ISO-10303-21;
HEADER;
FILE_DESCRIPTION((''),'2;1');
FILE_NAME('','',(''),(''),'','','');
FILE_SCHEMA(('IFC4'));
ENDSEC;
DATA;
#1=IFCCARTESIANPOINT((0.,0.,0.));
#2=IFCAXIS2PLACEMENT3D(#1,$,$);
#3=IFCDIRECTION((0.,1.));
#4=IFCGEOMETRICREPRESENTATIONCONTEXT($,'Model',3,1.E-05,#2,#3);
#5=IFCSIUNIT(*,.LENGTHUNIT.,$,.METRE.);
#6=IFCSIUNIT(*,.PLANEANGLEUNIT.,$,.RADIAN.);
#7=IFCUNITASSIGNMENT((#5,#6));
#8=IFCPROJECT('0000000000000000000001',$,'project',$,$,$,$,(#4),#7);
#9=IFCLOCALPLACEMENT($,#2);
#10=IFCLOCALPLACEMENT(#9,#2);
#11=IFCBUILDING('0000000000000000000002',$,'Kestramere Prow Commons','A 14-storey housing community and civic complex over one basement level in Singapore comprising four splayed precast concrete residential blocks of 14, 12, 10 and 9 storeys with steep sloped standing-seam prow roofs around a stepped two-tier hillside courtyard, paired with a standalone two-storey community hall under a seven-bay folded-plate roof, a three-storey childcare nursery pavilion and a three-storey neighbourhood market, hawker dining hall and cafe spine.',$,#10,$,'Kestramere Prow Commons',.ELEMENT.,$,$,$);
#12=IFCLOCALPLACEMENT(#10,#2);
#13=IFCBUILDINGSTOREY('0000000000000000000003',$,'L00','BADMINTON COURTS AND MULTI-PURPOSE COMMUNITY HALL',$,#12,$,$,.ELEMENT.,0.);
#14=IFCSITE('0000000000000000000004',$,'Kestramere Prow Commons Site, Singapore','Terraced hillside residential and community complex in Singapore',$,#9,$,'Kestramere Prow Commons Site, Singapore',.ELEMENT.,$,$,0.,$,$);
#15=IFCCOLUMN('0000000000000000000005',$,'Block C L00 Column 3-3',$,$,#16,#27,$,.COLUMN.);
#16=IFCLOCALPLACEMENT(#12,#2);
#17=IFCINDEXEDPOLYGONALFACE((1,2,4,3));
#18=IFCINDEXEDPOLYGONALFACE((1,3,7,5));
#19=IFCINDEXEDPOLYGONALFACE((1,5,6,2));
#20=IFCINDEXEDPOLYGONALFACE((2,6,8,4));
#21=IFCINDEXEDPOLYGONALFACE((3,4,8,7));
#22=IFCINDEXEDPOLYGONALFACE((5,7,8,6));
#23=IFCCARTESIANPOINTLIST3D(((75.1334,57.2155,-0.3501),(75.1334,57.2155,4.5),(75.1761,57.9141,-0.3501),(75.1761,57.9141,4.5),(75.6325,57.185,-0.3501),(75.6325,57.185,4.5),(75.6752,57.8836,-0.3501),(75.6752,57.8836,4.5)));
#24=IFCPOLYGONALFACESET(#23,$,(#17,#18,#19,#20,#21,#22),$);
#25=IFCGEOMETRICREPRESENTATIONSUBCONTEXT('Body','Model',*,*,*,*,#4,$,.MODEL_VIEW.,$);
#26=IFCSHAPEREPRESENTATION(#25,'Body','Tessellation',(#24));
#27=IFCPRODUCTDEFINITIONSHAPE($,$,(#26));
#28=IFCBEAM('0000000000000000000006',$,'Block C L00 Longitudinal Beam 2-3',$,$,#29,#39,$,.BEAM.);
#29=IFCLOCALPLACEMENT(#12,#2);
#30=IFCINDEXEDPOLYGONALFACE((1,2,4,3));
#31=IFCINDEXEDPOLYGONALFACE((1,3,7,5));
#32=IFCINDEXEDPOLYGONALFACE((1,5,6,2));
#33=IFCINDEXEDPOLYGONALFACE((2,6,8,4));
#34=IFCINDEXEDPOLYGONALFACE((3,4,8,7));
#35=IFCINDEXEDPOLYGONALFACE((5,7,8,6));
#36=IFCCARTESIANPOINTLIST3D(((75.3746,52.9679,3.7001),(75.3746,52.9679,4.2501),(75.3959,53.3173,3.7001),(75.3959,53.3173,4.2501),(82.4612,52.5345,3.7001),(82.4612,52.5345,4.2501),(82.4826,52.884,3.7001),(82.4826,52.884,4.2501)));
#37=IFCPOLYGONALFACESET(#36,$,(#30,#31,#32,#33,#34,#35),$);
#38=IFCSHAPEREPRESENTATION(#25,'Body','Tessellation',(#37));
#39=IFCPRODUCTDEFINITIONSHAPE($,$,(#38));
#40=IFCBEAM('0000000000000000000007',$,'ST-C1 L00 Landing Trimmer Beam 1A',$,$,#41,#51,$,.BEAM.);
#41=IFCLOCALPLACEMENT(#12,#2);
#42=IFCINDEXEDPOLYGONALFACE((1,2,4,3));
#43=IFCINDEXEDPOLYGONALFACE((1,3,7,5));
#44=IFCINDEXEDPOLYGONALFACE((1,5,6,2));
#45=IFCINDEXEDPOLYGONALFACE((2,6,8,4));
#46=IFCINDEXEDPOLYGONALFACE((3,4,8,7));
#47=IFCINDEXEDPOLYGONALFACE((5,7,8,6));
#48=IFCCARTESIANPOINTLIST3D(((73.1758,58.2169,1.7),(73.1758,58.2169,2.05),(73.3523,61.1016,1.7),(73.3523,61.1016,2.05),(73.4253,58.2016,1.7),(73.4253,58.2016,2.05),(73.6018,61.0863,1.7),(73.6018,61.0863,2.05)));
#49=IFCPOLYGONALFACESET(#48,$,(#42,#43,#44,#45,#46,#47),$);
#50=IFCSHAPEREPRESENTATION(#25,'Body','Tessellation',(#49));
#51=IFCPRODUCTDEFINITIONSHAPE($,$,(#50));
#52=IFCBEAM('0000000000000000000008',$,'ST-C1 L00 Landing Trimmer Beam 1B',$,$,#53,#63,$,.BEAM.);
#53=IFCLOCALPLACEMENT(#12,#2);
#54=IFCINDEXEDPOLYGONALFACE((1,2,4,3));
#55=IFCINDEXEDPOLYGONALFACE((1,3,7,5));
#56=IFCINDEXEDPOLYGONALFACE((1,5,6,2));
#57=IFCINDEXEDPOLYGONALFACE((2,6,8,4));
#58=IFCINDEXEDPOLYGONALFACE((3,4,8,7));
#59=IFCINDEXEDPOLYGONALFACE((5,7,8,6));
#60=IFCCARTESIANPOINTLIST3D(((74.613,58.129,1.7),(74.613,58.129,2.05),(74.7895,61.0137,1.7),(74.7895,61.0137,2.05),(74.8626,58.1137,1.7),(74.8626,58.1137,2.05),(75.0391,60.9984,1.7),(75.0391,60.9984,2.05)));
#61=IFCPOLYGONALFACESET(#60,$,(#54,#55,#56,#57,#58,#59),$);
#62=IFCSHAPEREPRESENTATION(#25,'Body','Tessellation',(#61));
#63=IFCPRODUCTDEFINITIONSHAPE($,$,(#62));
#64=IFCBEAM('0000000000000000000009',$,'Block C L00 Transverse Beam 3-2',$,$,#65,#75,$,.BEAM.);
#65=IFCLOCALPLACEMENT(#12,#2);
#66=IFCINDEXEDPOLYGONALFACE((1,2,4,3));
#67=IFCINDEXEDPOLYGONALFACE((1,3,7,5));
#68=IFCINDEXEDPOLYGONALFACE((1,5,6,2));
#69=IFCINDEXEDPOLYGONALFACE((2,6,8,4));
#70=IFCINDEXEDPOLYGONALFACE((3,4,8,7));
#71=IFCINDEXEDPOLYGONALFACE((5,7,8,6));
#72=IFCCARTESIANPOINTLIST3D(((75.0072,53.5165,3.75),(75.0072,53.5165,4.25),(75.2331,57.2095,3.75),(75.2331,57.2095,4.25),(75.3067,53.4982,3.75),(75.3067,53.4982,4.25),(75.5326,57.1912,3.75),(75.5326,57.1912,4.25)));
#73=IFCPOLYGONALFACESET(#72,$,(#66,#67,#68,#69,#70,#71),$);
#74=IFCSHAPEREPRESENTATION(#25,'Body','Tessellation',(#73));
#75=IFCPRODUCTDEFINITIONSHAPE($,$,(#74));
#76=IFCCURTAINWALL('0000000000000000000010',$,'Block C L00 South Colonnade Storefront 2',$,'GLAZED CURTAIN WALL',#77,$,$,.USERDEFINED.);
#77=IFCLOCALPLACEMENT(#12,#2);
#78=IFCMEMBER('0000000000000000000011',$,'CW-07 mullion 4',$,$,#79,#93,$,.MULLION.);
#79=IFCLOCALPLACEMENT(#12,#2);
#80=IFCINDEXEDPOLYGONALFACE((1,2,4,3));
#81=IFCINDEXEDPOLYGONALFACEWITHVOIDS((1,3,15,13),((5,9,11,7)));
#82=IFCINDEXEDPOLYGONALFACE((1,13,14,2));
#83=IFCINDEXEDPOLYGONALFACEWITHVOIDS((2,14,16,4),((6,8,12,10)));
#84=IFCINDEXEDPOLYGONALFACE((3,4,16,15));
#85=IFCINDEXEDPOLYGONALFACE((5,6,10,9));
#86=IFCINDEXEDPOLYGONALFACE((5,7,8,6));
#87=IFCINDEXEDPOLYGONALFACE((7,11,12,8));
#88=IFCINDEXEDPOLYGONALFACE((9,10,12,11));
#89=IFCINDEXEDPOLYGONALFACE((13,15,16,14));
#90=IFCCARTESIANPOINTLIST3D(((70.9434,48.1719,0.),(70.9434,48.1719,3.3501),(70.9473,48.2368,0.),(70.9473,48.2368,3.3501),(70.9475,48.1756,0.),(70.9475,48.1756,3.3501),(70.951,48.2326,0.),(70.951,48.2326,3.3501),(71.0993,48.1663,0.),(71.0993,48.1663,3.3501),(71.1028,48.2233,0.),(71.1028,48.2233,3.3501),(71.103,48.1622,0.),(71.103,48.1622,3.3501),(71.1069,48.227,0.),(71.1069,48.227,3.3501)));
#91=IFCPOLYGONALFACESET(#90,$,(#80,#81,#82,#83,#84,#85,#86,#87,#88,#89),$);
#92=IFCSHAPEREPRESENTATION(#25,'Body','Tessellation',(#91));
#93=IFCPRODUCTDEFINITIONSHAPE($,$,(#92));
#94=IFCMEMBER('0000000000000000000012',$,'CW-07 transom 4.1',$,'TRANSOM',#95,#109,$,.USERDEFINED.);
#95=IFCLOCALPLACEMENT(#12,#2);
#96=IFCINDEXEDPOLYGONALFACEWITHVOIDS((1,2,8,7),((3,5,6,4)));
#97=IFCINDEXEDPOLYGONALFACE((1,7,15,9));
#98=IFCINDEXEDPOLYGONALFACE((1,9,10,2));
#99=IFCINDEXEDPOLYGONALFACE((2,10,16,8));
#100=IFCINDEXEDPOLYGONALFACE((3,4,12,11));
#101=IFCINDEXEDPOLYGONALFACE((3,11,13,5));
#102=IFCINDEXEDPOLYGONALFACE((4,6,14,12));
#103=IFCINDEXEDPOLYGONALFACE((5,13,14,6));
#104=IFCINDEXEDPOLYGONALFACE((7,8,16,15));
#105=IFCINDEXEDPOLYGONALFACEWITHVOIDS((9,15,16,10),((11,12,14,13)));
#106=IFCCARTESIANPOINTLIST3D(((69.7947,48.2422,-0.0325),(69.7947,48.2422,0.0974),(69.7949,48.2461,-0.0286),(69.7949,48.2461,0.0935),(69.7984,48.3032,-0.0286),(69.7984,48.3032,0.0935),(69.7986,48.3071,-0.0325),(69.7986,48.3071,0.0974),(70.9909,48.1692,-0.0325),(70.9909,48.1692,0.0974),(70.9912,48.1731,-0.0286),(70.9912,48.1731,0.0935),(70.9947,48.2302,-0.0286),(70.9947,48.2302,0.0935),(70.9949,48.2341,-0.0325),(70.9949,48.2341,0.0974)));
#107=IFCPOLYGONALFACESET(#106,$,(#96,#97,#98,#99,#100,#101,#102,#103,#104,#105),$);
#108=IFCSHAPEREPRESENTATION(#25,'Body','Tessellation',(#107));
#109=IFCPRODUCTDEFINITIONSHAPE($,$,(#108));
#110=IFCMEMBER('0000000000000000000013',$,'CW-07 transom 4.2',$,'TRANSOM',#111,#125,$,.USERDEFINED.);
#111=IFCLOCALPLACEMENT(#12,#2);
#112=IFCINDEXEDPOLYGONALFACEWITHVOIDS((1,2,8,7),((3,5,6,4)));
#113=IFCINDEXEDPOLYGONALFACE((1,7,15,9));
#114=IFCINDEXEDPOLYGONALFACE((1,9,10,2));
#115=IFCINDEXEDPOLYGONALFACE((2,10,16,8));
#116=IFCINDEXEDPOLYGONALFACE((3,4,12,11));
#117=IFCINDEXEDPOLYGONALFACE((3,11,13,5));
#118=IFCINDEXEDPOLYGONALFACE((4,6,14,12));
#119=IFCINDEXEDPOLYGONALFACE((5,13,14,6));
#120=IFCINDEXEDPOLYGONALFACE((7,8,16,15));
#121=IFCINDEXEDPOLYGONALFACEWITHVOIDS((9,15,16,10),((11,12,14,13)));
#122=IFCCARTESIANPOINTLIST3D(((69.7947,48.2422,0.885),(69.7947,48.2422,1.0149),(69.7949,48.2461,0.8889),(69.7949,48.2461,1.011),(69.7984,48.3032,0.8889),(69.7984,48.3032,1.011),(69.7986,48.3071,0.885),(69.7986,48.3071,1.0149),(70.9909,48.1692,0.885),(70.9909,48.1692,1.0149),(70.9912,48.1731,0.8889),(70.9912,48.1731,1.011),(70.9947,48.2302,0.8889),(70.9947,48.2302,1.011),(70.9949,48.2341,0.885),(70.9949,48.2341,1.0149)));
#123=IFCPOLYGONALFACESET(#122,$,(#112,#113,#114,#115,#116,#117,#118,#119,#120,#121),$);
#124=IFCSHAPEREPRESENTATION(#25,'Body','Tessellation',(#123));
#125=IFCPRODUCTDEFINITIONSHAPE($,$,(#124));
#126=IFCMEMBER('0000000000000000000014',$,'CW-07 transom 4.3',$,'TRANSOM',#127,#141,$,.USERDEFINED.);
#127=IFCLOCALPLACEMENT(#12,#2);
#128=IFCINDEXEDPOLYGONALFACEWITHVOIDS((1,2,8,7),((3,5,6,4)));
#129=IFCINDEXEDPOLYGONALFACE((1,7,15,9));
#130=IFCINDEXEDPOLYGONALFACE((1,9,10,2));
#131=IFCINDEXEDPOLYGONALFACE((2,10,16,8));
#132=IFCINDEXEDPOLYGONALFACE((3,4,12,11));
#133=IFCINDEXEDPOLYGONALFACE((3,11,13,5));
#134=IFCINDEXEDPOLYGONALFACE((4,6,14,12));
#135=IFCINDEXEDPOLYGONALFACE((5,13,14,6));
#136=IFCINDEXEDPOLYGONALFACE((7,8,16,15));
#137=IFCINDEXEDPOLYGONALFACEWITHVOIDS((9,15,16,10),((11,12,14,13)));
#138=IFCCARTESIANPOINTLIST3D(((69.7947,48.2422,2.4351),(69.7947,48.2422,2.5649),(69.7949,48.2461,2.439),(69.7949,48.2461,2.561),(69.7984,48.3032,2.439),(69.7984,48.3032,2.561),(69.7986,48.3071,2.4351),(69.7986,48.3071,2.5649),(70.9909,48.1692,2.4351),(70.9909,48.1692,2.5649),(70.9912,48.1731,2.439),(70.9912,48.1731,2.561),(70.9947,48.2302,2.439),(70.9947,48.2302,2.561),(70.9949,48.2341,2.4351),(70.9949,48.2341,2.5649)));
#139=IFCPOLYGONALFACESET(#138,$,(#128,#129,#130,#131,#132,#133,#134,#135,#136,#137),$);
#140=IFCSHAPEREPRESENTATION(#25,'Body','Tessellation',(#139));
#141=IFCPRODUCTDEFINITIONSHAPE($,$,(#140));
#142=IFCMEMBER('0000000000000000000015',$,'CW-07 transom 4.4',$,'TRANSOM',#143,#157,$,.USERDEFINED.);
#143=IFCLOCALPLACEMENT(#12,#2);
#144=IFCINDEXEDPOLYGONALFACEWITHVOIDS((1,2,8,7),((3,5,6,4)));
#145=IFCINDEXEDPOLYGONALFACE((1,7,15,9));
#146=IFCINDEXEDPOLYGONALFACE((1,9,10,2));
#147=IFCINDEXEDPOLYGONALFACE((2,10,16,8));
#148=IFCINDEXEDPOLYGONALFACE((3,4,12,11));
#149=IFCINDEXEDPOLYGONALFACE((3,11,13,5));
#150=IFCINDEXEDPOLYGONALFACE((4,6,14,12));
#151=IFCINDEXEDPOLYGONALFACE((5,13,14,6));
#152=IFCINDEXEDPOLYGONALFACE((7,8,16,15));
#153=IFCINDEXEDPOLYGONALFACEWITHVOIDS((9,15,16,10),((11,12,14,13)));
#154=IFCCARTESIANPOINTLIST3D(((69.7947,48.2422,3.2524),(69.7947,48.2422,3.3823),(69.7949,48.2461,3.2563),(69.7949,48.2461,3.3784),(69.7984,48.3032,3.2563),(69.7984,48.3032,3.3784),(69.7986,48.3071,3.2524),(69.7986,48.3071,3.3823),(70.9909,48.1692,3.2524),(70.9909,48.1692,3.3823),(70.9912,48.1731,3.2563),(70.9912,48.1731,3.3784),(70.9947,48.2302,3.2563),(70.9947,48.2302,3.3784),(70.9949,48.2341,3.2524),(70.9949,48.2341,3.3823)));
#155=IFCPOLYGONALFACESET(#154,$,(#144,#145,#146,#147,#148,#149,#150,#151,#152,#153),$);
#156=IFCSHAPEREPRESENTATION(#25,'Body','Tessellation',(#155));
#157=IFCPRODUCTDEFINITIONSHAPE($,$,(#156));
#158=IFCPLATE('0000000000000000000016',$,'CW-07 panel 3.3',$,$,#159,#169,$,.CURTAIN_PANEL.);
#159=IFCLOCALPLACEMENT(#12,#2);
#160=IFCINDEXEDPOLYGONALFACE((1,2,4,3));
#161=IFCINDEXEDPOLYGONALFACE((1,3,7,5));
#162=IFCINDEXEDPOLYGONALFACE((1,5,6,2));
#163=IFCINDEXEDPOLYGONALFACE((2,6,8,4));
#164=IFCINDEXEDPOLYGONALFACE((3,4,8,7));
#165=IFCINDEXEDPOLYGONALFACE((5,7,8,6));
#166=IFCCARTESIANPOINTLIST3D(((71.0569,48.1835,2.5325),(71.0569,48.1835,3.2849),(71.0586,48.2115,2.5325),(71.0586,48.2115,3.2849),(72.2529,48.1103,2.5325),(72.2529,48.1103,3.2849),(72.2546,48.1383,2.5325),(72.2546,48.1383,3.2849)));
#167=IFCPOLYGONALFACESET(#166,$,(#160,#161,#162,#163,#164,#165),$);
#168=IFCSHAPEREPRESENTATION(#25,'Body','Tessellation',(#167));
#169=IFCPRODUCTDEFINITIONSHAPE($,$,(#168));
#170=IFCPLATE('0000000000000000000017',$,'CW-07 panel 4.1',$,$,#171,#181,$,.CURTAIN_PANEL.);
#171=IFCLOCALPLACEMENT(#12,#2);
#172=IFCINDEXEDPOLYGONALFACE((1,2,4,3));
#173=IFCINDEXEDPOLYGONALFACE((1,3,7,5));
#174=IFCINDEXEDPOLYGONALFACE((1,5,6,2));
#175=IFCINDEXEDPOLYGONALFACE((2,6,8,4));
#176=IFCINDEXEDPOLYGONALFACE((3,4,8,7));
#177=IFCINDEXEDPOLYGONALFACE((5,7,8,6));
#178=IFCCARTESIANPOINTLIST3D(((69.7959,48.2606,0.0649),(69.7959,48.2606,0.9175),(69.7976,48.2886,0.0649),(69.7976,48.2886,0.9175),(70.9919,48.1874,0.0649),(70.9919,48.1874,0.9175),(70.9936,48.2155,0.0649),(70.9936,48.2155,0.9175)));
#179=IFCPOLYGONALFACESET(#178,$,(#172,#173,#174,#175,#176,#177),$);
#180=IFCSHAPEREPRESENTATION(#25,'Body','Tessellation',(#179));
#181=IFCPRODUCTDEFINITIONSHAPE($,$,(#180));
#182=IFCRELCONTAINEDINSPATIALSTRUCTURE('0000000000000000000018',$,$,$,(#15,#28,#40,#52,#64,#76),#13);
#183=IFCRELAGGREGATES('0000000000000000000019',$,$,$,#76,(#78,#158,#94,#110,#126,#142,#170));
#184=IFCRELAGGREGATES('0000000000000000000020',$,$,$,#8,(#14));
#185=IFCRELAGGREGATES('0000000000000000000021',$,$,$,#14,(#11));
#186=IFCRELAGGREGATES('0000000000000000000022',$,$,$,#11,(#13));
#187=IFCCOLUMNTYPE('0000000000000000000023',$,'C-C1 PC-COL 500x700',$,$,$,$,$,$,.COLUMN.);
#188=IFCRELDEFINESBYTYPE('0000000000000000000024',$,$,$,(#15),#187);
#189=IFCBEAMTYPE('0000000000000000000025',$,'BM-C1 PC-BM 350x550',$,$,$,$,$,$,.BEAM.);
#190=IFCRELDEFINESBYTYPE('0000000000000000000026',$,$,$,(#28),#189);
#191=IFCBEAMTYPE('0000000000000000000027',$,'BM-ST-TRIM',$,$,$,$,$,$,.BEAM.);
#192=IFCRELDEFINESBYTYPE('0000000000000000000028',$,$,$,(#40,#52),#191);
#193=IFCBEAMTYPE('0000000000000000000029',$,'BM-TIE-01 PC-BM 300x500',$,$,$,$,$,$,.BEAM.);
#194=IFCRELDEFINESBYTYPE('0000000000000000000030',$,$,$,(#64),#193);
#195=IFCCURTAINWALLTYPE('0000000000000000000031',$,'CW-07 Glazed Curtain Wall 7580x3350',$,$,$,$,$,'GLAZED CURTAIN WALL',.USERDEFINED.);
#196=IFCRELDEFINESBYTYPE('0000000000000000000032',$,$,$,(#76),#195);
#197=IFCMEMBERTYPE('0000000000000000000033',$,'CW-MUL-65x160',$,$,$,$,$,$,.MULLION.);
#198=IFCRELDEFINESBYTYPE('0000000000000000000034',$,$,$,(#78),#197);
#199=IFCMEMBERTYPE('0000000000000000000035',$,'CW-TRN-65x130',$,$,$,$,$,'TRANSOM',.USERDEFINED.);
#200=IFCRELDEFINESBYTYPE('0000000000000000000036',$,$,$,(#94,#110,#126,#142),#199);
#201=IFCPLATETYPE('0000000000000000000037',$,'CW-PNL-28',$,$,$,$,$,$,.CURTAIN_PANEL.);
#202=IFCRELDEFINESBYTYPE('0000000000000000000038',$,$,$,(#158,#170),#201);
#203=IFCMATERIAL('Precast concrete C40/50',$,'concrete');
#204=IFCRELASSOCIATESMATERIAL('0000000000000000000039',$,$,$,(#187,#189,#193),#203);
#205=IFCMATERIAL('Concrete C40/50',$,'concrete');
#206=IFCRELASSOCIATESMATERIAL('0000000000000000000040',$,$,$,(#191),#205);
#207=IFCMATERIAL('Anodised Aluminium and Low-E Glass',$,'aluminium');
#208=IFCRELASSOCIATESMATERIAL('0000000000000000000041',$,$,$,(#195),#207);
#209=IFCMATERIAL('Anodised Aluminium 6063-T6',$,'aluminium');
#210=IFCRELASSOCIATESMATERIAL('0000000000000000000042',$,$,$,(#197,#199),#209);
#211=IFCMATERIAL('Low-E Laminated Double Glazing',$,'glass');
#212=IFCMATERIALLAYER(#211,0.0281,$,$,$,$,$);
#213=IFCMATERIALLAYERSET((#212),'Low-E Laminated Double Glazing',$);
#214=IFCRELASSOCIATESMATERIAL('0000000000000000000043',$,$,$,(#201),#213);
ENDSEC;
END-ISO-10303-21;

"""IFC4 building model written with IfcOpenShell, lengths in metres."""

from ifc_helpers import new_model, si_unit, direction, frame, origin, origin_2d, place, context, subcontext, project, spatial, rectangle, hollow_rectangle, extrude, material, layer, layer_set, material_profile, profile_set, type_object, element, aggregate, save


model = new_model("IFC4")

# Units and contexts
model_context = context("Model", 3, precision=1e-05, world=origin(), true_north=direction((0.0, 1.0)))
body_context = subcontext(model_context, "Body", "Model", "MODEL_VIEW")
ifc_project = project(units=[si_unit("LENGTHUNIT", "METRE"), si_unit("PLANEANGLEUNIT", "RADIAN")], contexts=[model_context])

# Site, building, storey
site_placement = place(None, origin())
site = spatial("IfcSite", under=ifc_project, at=site_placement, Name="Kestramere Prow Commons Site, Singapore", Description="Terraced hillside residential and community complex in Singapore", LongName="Kestramere Prow Commons Site, Singapore", CompositionType="ELEMENT", RefElevation=0.0)
building_placement = place(site_placement, origin())
building = spatial("IfcBuilding", under=site, at=building_placement, Name="Kestramere Prow Commons", Description="A 14-storey housing community and civic complex over one basement level in Singapore comprising four splayed precast concrete residential blocks of 14, 12, 10 and 9 storeys with steep sloped standing-seam prow roofs around a stepped two-tier hillside courtyard, paired with a standalone two-storey community hall under a seven-bay folded-plate roof, a three-storey childcare nursery pavilion and a three-storey neighbourhood market, hawker dining hall and cafe spine.", LongName="Kestramere Prow Commons", CompositionType="ELEMENT")
storey_placement = place(building_placement, origin())
storey = spatial("IfcBuildingStorey", under=building, at=storey_placement, Name="L00", Description="BADMINTON COURTS AND MULTI-PURPOSE COMMUNITY HALL", CompositionType="ELEMENT", Elevation=0.0)

# Column
ifc_material_1 = material(Name="Precast concrete C40/50", Category="concrete")
ifc_material_profile_1 = material_profile(ifc_material_1, rectangle(XDim=0.5, YDim=0.7, at=origin_2d()), Name="PC-COL 500x700")
ifc_profile_set_1 = profile_set([ifc_material_profile_1], Name="Precast concrete C40/50")
column_type = type_object("IfcColumnType", Name="C-C1 PC-COL 500x700", PredefinedType="COLUMN", material=ifc_profile_set_1)
for number, where, z_axis, x_axis, name in (
    (1, (75.4043, 57.5496, -0.3501), (0.0, 0.0, 1.0), (0.998135, -0.061049, 0.0), "Block C L00 Column 3-3"),
):
    element("IfcColumn", number, at=place(storey_placement, frame(where, z_axis=z_axis, x_axis=x_axis)), inside=storey, type_object=column_type, Name=name, PredefinedType="COLUMN", context=body_context, shape_type="SweptSolid", body=[
        extrude(rectangle(XDim=0.5, YDim=0.7, at=origin_2d()), origin(), (0.0, 0.0, 1.0), 4.8501),
    ])

# Beams
ifc_material_profile_2 = material_profile(ifc_material_1, rectangle(XDim=0.3501, YDim=0.55, at=origin_2d()), Name="PC-BM 350x550")
ifc_profile_set_2 = profile_set([ifc_material_profile_2], Name="Precast concrete C40/50")
beam_type_1 = type_object("IfcBeamType", Name="BM-C1 PC-BM 350x550", PredefinedType="BEAM", material=ifc_profile_set_2)
beam_1_placement = place(storey_placement, frame((75.3853, 53.1426, 3.9751), z_axis=(0.998136, -0.061036, 0.0), x_axis=(0.061036, 0.998136, 0.0)))
element("IfcBeam", 2, at=beam_1_placement, inside=storey, type_object=beam_type_1, Name="Block C L00 Longitudinal Beam 2-3", PredefinedType="BEAM", context=body_context, shape_type="SweptSolid", body=[
    extrude(rectangle(XDim=0.3501, YDim=0.55, at=origin_2d()), origin(), (0.0, 0.0, 1.0), 7.0999),
])
ifc_material_2 = material(Name="Concrete C40/50", Category="concrete")
ifc_material_profile_3 = material_profile(ifc_material_2, rectangle(XDim=0.25, YDim=0.3501, at=origin_2d()), Name="PC-BM 250x350")
ifc_profile_set_3 = profile_set([ifc_material_profile_3], Name="Concrete C40/50")
beam_type_2 = type_object("IfcBeamType", Name="BM-ST-TRIM", PredefinedType="BEAM", material=ifc_profile_set_3)
for number, where, z_axis, x_axis, name in (
    (3, (73.3005, 58.2092, 1.875), (0.061074, 0.998133, 0.0), (-0.998133, 0.061074, 0.0), "ST-C1 L00 Landing Trimmer Beam 1A"),
    (4, (74.7378, 58.1213, 1.875), (0.061074, 0.998133, 0.0), (-0.998133, 0.061074, 0.0), "ST-C1 L00 Landing Trimmer Beam 1B"),
):
    element("IfcBeam", number, at=place(storey_placement, frame(where, z_axis=z_axis, x_axis=x_axis)), inside=storey, type_object=beam_type_2, Name=name, PredefinedType="BEAM", context=body_context, shape_type="SweptSolid", body=[
        extrude(rectangle(XDim=0.25, YDim=0.3501, at=origin_2d()), origin(), (0.0, 0.0, 1.0), 2.8901),
    ])
ifc_material_profile_4 = material_profile(ifc_material_1, rectangle(XDim=0.3, YDim=0.5, at=origin_2d()), Name="PC-BM 300x500")
ifc_profile_set_4 = profile_set([ifc_material_profile_4], Name="Precast concrete C40/50")
beam_type_3 = type_object("IfcBeamType", Name="BM-TIE-01 PC-BM 300x500", PredefinedType="BEAM", material=ifc_profile_set_4)
beam_2_placement = place(storey_placement, frame((75.157, 53.5073, 4.0), z_axis=(0.061035, 0.998136, 0.0), x_axis=(-0.998136, 0.061035, 0.0)))
element("IfcBeam", 5, at=beam_2_placement, inside=storey, type_object=beam_type_3, Name="Block C L00 Transverse Beam 3-2", PredefinedType="BEAM", context=body_context, shape_type="SweptSolid", body=[
    extrude(rectangle(XDim=0.3, YDim=0.5, at=origin_2d()), origin(), (0.0, 0.0, 1.0), 3.7),
])

# Curtain wall, members, plates
ifc_material_3 = material(Name="Anodised Aluminium and Low-E Glass", Category="aluminium")
curtain_wall_type = type_object("IfcCurtainWallType", Name="CW-07 Glazed Curtain Wall 7580x3350", ElementType="GLAZED CURTAIN WALL", PredefinedType="USERDEFINED", material=ifc_material_3)
curtain_wall_placement = place(storey_placement, origin())
curtain_wall = element("IfcCurtainWall", 6, at=curtain_wall_placement, inside=storey, type_object=curtain_wall_type, Name="Block C L00 South Colonnade Storefront 2", ObjectType="GLAZED CURTAIN WALL", PredefinedType="USERDEFINED")
ifc_material_4 = material(Name="Anodised Aluminium 6063-T6", Category="aluminium")
ifc_material_profile_5 = material_profile(ifc_material_4, hollow_rectangle(XDim=0.0649, YDim=0.1599, WallThickness=0.0039, at=origin_2d()), Name="ALU-MUL 65x160")
ifc_profile_set_5 = profile_set([ifc_material_profile_5], Name="Anodised Aluminium 6063-T6")
member_type_1 = type_object("IfcMemberType", Name="CW-MUL-65x160", PredefinedType="MULLION", material=ifc_profile_set_5)
member_1_placement = place(storey_placement, frame((71.0251, 48.1995, 0.0), z_axis=(0.0, 0.0, 1.0), x_axis=(-0.061049, -0.998135, 0.0)))
member_1 = element("IfcMember", 7, at=member_1_placement, type_object=member_type_1, Name="CW-07 mullion 4", PredefinedType="MULLION", context=body_context, shape_type="SweptSolid", body=[
    extrude(hollow_rectangle(XDim=0.0649, YDim=0.1599, WallThickness=0.0039, at=origin_2d()), origin(), (0.0, 0.0, 1.0), 3.3501),
])
ifc_material_profile_6 = material_profile(ifc_material_4, hollow_rectangle(XDim=0.0649, YDim=0.1299, WallThickness=0.0039, at=origin_2d()), Name="ALU-TRN 65x130")
ifc_profile_set_6 = profile_set([ifc_material_profile_6], Name="Anodised Aluminium 6063-T6")
member_type_2 = type_object("IfcMemberType", Name="CW-TRN-65x130", ElementType="TRANSOM", PredefinedType="USERDEFINED", material=ifc_profile_set_6)
member_2_placement = place(storey_placement, frame((70.9929, 48.2017, 0.0325), z_axis=(-0.998143, 0.060907, 0.0), x_axis=(-0.060907, -0.998143, 0.0)))
member_2 = element("IfcMember", 8, at=member_2_placement, type_object=member_type_2, Name="CW-07 transom 4.1", ObjectType="TRANSOM", PredefinedType="USERDEFINED", context=body_context, shape_type="SweptSolid", body=[
    extrude(hollow_rectangle(XDim=0.0649, YDim=0.1299, WallThickness=0.0039, at=origin_2d()), origin(), (0.0, 0.0, 1.0), 1.1985),
])
member_3_placement = place(storey_placement, frame((70.9929, 48.2017, 0.95), z_axis=(-0.998143, 0.060907, 0.0), x_axis=(-0.060907, -0.998143, 0.0)))
member_3 = element("IfcMember", 9, at=member_3_placement, type_object=member_type_2, Name="CW-07 transom 4.2", ObjectType="TRANSOM", PredefinedType="USERDEFINED", context=body_context, shape_type="SweptSolid", body=[
    extrude(hollow_rectangle(XDim=0.0649, YDim=0.1299, WallThickness=0.0039, at=origin_2d()), origin(), (0.0, 0.0, 1.0), 1.1985),
])
member_4_placement = place(storey_placement, frame((70.9929, 48.2017, 2.5), z_axis=(-0.998143, 0.060907, 0.0), x_axis=(-0.060907, -0.998143, 0.0)))
member_4 = element("IfcMember", 10, at=member_4_placement, type_object=member_type_2, Name="CW-07 transom 4.3", ObjectType="TRANSOM", PredefinedType="USERDEFINED", context=body_context, shape_type="SweptSolid", body=[
    extrude(hollow_rectangle(XDim=0.0649, YDim=0.1299, WallThickness=0.0039, at=origin_2d()), origin(), (0.0, 0.0, 1.0), 1.1985),
])
member_5_placement = place(storey_placement, frame((70.9929, 48.2017, 3.3174), z_axis=(-0.998143, 0.060907, 0.0), x_axis=(-0.060907, -0.998143, 0.0)))
member_5 = element("IfcMember", 11, at=member_5_placement, type_object=member_type_2, Name="CW-07 transom 4.4", ObjectType="TRANSOM", PredefinedType="USERDEFINED", context=body_context, shape_type="SweptSolid", body=[
    extrude(hollow_rectangle(XDim=0.0649, YDim=0.1299, WallThickness=0.0039, at=origin_2d()), origin(), (0.0, 0.0, 1.0), 1.1985),
])
ifc_material_5 = material(Name="Low-E Laminated Double Glazing", Category="glass")
ifc_layer_1 = layer(ifc_material_5, 0.0281)
ifc_layer_set_1 = layer_set([ifc_layer_1], Name="Low-E Laminated Double Glazing")
plate_type = type_object("IfcPlateType", Name="CW-PNL-28", PredefinedType="CURTAIN_PANEL", material=ifc_layer_set_1)
plate_1_placement = place(storey_placement, frame((71.6558, 48.1609, 2.5325), z_axis=(0.0, 0.0, 1.0), x_axis=(-0.998135, 0.061049, 0.0)))
plate_1 = element("IfcPlate", 12, at=plate_1_placement, type_object=plate_type, Name="CW-07 panel 3.3", PredefinedType="CURTAIN_PANEL", context=body_context, shape_type="SweptSolid", body=[
    extrude(rectangle(XDim=1.1982, YDim=0.0281, at=origin_2d()), origin(), (0.0, 0.0, 1.0), 0.7524),
])
plate_2_placement = place(storey_placement, frame((70.3948, 48.238, 0.0649), z_axis=(0.0, 0.0, 1.0), x_axis=(-0.998135, 0.061049, 0.0)))
plate_2 = element("IfcPlate", 13, at=plate_2_placement, type_object=plate_type, Name="CW-07 panel 4.1", PredefinedType="CURTAIN_PANEL", context=body_context, shape_type="SweptSolid", body=[
    extrude(rectangle(XDim=1.1982, YDim=0.0281, at=origin_2d()), origin(), (0.0, 0.0, 1.0), 0.8525),
])
aggregate(curtain_wall, [member_1, plate_1, member_2, member_3, member_4, member_5, plate_2])

save(model, "model.ifc")
